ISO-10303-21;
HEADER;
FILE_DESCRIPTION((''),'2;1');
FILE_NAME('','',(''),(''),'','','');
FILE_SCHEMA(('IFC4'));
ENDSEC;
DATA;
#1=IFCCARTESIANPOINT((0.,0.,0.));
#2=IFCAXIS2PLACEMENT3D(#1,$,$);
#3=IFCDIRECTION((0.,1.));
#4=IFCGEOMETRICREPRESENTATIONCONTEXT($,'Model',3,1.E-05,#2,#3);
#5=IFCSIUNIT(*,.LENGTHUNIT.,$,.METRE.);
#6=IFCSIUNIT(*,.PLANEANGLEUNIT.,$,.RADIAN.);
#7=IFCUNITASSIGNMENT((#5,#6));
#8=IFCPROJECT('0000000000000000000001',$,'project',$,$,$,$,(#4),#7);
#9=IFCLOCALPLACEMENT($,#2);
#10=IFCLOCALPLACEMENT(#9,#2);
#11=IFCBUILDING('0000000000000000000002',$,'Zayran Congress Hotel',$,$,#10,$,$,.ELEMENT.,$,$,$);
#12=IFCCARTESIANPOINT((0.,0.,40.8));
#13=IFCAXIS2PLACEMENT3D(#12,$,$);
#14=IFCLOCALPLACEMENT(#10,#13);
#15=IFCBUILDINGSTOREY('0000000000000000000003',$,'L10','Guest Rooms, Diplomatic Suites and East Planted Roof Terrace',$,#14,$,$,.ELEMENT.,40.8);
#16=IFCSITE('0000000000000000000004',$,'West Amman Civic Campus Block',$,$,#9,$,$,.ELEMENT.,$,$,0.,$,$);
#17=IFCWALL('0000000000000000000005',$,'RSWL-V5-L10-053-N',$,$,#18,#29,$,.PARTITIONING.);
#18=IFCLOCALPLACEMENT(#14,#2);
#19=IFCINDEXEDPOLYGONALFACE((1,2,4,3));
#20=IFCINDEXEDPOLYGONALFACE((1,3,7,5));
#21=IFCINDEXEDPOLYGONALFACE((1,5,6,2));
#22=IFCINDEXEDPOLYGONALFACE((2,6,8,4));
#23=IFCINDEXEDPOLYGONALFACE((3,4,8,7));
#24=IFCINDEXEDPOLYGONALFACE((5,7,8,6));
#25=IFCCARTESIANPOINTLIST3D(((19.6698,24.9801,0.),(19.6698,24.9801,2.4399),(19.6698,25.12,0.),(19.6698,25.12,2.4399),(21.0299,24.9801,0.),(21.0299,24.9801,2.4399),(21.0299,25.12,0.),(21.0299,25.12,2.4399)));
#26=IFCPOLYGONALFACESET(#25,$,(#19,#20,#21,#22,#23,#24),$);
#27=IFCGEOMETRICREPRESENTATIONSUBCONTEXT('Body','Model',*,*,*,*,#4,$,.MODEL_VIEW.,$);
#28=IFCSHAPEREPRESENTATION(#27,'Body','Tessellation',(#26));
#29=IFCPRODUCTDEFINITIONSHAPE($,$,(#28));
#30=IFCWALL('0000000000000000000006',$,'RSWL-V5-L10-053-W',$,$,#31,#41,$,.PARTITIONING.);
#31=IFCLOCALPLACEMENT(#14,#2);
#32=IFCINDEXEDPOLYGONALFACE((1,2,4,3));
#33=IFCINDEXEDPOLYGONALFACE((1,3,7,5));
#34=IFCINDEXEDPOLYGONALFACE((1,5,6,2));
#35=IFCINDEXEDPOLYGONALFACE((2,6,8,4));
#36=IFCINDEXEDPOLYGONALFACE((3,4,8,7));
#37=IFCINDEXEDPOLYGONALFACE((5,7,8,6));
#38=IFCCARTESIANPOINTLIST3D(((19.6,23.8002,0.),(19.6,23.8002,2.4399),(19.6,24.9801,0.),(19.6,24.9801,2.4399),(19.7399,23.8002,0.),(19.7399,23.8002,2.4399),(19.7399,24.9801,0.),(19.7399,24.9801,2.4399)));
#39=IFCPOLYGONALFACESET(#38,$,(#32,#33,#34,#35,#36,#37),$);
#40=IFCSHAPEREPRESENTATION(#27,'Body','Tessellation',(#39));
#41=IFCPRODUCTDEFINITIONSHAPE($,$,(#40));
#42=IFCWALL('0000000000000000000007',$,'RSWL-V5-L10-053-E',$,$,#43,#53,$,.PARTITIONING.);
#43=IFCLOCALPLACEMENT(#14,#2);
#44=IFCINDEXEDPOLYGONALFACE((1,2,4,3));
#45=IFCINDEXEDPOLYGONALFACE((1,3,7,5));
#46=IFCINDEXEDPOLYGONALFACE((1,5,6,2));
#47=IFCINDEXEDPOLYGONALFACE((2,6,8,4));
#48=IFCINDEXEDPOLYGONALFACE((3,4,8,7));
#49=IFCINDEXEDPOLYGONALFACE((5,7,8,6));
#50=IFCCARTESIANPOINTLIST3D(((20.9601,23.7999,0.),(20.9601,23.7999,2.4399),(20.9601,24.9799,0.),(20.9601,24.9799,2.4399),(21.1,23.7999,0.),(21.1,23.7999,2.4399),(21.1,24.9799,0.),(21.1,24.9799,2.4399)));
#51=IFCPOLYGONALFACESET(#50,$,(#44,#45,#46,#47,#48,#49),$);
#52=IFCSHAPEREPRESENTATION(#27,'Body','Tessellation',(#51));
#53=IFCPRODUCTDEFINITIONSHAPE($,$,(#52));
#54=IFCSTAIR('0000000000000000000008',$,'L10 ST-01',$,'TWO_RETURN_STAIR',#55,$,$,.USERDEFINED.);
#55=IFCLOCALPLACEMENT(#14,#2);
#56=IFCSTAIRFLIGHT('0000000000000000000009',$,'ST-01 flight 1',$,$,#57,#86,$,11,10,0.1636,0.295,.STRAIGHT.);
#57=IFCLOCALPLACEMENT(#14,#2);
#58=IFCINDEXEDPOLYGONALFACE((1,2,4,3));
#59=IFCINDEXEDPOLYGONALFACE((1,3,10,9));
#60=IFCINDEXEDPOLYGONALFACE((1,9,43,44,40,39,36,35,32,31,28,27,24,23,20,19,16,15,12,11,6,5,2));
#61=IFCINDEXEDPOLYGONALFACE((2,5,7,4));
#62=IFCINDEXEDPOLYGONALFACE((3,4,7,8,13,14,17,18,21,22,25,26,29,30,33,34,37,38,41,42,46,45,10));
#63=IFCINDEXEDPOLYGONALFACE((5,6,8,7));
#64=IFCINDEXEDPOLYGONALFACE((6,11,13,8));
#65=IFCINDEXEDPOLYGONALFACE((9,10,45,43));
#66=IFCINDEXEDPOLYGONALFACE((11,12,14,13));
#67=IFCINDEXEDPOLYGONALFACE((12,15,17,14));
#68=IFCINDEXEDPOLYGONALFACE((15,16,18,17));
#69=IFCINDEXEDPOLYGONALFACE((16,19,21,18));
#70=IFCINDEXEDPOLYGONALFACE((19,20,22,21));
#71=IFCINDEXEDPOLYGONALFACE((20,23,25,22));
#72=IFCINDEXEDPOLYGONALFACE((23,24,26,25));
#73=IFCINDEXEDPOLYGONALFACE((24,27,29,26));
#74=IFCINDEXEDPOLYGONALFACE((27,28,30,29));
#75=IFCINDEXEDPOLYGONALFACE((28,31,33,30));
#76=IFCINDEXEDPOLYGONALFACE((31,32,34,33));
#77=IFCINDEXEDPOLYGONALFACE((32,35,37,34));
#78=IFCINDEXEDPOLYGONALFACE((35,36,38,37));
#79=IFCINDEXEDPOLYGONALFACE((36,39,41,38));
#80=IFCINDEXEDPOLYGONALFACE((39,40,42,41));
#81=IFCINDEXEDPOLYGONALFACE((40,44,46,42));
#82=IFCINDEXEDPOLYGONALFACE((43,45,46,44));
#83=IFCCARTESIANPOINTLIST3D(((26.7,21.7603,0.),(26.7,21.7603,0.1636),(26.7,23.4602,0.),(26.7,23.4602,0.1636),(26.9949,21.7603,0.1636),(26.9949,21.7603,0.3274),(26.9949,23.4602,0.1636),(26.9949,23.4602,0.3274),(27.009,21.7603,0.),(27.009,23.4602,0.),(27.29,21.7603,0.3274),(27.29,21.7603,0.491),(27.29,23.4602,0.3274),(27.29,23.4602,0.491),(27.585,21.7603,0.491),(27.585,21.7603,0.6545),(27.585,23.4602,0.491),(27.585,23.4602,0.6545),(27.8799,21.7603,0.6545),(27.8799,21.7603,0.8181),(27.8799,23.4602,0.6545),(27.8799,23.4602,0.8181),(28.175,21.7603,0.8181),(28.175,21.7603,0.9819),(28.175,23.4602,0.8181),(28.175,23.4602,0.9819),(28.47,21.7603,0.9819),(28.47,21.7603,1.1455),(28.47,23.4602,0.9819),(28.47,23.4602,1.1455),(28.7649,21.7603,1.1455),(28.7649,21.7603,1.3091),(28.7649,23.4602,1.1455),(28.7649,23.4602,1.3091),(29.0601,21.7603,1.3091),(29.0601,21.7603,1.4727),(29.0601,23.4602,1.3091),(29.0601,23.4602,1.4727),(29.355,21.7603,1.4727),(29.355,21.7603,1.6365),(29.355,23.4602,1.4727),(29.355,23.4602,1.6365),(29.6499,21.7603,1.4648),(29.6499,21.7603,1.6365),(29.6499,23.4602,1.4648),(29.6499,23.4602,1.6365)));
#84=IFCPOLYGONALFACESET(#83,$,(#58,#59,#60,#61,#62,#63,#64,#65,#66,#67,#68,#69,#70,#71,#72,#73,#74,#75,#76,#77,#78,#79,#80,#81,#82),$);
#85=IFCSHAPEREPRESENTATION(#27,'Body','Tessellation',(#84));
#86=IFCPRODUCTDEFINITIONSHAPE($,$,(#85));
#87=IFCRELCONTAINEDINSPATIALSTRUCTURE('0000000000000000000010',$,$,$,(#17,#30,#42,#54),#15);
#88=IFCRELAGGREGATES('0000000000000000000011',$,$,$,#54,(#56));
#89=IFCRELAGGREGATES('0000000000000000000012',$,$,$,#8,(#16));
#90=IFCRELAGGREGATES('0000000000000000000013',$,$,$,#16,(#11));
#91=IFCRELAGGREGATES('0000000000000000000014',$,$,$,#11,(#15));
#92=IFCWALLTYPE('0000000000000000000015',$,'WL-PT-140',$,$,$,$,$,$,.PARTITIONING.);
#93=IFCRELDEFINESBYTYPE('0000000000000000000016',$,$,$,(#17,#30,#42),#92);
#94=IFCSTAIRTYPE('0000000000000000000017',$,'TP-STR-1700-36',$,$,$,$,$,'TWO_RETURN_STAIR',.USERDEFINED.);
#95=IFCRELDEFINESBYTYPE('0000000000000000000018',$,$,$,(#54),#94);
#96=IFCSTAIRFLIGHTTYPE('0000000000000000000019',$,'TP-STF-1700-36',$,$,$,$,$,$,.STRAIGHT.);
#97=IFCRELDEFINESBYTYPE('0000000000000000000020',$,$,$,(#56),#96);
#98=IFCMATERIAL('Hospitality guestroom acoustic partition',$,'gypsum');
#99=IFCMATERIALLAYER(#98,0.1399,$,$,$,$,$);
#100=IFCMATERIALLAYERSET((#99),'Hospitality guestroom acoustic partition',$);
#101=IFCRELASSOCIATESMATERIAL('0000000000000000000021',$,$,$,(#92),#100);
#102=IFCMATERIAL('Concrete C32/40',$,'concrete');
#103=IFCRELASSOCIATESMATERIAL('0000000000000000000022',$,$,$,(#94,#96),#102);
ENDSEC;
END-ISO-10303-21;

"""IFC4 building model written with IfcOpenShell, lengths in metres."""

from ifc_helpers import new_model, si_unit, direction, frame, frame_2d, origin, place, context, subcontext, project, spatial, polyline, rectangle, outline, extrude, material, layer, layer_set, type_object, element, aggregate, save


model = new_model("IFC4")

# Units and contexts
model_context = context("Model", 3, precision=1e-05, world=origin(), true_north=direction((0.0, 1.0)))
body_context = subcontext(model_context, "Body", "Model", "MODEL_VIEW")
ifc_project = project(units=[si_unit("LENGTHUNIT", "METRE"), si_unit("PLANEANGLEUNIT", "RADIAN")], contexts=[model_context])

# Site, building, storey
site_placement = place(None, origin())
site = spatial("IfcSite", under=ifc_project, at=site_placement, Name="West Amman Civic Campus Block", CompositionType="ELEMENT", RefElevation=0.0)
building_placement = place(site_placement, origin())
building = spatial("IfcBuilding", under=site, at=building_placement, Name="Zayran Congress Hotel", CompositionType="ELEMENT")
storey_placement = place(building_placement, frame((0.0, 0.0, 40.8)))
storey = spatial("IfcBuildingStorey", under=building, at=storey_placement, Name="L10", Description="Guest Rooms, Diplomatic Suites and East Planted Roof Terrace", CompositionType="ELEMENT", Elevation=40.8)

# Walls
ifc_material_1 = material(Name="Hospitality guestroom acoustic partition", Category="gypsum")
ifc_layer_1 = layer(ifc_material_1, 0.1399)
ifc_layer_set_1 = layer_set([ifc_layer_1], Name="Hospitality guestroom acoustic partition")
wall_type_1 = type_object("IfcWallType", Name="WL-PT-140", PredefinedType="PARTITIONING", material=ifc_layer_set_1)
for number, where, z_axis, x_axis, name in (
    (1, (21.03, 25.05, 0.0), (0.0, 0.0, 1.0), (-1.0, 0.0, 0.0), "RSWL-V5-L10-053-N"),
):
    element("IfcWall", number, at=place(storey_placement, frame(where, z_axis=z_axis, x_axis=x_axis)), inside=storey, type_object=wall_type_1, Name=name, PredefinedType="PARTITIONING", context=body_context, shape_type="SweptSolid", body=[
        extrude(rectangle(XDim=1.3601, YDim=0.1399, at=frame_2d((0.6802, 0.0))), origin(), (0.0, 0.0, 1.0), 2.4399),
    ])
for number, where, z_axis, x_axis, name in (
    (2, (19.6699, 24.98, 0.0), (0.0, 0.0, 1.0), (0.0, -1.0, 0.0), "RSWL-V5-L10-053-W"),
    (3, (21.03, 23.8, 0.0), (0.0, 0.0, 1.0), (0.0, 1.0, 0.0), "RSWL-V5-L10-053-E"),
):
    element("IfcWall", number, at=place(storey_placement, frame(where, z_axis=z_axis, x_axis=x_axis)), inside=storey, type_object=wall_type_1, Name=name, PredefinedType="PARTITIONING", context=body_context, shape_type="SweptSolid", body=[
        extrude(rectangle(XDim=1.1799, YDim=0.1399, at=frame_2d((0.5898, 0.0))), origin(), (0.0, 0.0, 1.0), 2.4399),
    ])

# Stair, stair flight
ifc_material_2 = material(Name="Concrete C32/40", Category="concrete")
stair_type = type_object("IfcStairType", Name="TP-STR-1700-36", ElementType="TWO_RETURN_STAIR", PredefinedType="USERDEFINED", material=ifc_material_2)
stair_placement = place(storey_placement, origin())
stair = element("IfcStair", 4, at=stair_placement, inside=storey, type_object=stair_type, Name="L10 ST-01", ObjectType="TWO_RETURN_STAIR", PredefinedType="USERDEFINED")
stair_flight_type = type_object("IfcStairFlightType", Name="TP-STF-1700-36", PredefinedType="STRAIGHT", material=ifc_material_2)
stair_flight_placement = place(storey_placement, frame((26.7, 22.6101, 0.0), z_axis=(0.0, 0.0, 1.0), x_axis=(1.0, 0.0, 0.0)))
stair_flight = element("IfcStairFlight", 5, at=stair_flight_placement, type_object=stair_flight_type, Name="ST-01 flight 1", NumberOfRisers=11, NumberOfTreads=10, PredefinedType="STRAIGHT", RiserHeight=0.1636, TreadLength=0.295, context=body_context, shape_type="SweptSolid", body=[
    extrude(outline(polyline([(0.0, 0.0), (0.0, 0.1636), (0.2949, 0.1636), (0.2949, 0.3274), (0.5901, 0.3274), (0.5901, 0.491), (0.885, 0.491), (0.885, 0.6545), (1.1799, 0.6545), (1.1799, 0.8181), (1.4751, 0.8181), (1.4751, 0.9819), (1.77, 0.9819), (1.77, 1.1455), (2.0649, 1.1455), (2.0649, 1.3091), (2.3601, 1.3091), (2.3601, 1.4727), (2.655, 1.4727), (2.655, 1.6365), (2.95, 1.6365), (2.95, 1.8), (2.95, 1.4648), (0.3091, 0.0), (0.0, 0.0)])), frame((0.0, 0.8501, 0.0), z_axis=(0.0, -1.0, 0.0), x_axis=(1.0, 0.0, 0.0)), (0.0, 0.0, 1.0), 1.7),
])
aggregate(stair, [stair_flight])

save(model, "model.ifc")
